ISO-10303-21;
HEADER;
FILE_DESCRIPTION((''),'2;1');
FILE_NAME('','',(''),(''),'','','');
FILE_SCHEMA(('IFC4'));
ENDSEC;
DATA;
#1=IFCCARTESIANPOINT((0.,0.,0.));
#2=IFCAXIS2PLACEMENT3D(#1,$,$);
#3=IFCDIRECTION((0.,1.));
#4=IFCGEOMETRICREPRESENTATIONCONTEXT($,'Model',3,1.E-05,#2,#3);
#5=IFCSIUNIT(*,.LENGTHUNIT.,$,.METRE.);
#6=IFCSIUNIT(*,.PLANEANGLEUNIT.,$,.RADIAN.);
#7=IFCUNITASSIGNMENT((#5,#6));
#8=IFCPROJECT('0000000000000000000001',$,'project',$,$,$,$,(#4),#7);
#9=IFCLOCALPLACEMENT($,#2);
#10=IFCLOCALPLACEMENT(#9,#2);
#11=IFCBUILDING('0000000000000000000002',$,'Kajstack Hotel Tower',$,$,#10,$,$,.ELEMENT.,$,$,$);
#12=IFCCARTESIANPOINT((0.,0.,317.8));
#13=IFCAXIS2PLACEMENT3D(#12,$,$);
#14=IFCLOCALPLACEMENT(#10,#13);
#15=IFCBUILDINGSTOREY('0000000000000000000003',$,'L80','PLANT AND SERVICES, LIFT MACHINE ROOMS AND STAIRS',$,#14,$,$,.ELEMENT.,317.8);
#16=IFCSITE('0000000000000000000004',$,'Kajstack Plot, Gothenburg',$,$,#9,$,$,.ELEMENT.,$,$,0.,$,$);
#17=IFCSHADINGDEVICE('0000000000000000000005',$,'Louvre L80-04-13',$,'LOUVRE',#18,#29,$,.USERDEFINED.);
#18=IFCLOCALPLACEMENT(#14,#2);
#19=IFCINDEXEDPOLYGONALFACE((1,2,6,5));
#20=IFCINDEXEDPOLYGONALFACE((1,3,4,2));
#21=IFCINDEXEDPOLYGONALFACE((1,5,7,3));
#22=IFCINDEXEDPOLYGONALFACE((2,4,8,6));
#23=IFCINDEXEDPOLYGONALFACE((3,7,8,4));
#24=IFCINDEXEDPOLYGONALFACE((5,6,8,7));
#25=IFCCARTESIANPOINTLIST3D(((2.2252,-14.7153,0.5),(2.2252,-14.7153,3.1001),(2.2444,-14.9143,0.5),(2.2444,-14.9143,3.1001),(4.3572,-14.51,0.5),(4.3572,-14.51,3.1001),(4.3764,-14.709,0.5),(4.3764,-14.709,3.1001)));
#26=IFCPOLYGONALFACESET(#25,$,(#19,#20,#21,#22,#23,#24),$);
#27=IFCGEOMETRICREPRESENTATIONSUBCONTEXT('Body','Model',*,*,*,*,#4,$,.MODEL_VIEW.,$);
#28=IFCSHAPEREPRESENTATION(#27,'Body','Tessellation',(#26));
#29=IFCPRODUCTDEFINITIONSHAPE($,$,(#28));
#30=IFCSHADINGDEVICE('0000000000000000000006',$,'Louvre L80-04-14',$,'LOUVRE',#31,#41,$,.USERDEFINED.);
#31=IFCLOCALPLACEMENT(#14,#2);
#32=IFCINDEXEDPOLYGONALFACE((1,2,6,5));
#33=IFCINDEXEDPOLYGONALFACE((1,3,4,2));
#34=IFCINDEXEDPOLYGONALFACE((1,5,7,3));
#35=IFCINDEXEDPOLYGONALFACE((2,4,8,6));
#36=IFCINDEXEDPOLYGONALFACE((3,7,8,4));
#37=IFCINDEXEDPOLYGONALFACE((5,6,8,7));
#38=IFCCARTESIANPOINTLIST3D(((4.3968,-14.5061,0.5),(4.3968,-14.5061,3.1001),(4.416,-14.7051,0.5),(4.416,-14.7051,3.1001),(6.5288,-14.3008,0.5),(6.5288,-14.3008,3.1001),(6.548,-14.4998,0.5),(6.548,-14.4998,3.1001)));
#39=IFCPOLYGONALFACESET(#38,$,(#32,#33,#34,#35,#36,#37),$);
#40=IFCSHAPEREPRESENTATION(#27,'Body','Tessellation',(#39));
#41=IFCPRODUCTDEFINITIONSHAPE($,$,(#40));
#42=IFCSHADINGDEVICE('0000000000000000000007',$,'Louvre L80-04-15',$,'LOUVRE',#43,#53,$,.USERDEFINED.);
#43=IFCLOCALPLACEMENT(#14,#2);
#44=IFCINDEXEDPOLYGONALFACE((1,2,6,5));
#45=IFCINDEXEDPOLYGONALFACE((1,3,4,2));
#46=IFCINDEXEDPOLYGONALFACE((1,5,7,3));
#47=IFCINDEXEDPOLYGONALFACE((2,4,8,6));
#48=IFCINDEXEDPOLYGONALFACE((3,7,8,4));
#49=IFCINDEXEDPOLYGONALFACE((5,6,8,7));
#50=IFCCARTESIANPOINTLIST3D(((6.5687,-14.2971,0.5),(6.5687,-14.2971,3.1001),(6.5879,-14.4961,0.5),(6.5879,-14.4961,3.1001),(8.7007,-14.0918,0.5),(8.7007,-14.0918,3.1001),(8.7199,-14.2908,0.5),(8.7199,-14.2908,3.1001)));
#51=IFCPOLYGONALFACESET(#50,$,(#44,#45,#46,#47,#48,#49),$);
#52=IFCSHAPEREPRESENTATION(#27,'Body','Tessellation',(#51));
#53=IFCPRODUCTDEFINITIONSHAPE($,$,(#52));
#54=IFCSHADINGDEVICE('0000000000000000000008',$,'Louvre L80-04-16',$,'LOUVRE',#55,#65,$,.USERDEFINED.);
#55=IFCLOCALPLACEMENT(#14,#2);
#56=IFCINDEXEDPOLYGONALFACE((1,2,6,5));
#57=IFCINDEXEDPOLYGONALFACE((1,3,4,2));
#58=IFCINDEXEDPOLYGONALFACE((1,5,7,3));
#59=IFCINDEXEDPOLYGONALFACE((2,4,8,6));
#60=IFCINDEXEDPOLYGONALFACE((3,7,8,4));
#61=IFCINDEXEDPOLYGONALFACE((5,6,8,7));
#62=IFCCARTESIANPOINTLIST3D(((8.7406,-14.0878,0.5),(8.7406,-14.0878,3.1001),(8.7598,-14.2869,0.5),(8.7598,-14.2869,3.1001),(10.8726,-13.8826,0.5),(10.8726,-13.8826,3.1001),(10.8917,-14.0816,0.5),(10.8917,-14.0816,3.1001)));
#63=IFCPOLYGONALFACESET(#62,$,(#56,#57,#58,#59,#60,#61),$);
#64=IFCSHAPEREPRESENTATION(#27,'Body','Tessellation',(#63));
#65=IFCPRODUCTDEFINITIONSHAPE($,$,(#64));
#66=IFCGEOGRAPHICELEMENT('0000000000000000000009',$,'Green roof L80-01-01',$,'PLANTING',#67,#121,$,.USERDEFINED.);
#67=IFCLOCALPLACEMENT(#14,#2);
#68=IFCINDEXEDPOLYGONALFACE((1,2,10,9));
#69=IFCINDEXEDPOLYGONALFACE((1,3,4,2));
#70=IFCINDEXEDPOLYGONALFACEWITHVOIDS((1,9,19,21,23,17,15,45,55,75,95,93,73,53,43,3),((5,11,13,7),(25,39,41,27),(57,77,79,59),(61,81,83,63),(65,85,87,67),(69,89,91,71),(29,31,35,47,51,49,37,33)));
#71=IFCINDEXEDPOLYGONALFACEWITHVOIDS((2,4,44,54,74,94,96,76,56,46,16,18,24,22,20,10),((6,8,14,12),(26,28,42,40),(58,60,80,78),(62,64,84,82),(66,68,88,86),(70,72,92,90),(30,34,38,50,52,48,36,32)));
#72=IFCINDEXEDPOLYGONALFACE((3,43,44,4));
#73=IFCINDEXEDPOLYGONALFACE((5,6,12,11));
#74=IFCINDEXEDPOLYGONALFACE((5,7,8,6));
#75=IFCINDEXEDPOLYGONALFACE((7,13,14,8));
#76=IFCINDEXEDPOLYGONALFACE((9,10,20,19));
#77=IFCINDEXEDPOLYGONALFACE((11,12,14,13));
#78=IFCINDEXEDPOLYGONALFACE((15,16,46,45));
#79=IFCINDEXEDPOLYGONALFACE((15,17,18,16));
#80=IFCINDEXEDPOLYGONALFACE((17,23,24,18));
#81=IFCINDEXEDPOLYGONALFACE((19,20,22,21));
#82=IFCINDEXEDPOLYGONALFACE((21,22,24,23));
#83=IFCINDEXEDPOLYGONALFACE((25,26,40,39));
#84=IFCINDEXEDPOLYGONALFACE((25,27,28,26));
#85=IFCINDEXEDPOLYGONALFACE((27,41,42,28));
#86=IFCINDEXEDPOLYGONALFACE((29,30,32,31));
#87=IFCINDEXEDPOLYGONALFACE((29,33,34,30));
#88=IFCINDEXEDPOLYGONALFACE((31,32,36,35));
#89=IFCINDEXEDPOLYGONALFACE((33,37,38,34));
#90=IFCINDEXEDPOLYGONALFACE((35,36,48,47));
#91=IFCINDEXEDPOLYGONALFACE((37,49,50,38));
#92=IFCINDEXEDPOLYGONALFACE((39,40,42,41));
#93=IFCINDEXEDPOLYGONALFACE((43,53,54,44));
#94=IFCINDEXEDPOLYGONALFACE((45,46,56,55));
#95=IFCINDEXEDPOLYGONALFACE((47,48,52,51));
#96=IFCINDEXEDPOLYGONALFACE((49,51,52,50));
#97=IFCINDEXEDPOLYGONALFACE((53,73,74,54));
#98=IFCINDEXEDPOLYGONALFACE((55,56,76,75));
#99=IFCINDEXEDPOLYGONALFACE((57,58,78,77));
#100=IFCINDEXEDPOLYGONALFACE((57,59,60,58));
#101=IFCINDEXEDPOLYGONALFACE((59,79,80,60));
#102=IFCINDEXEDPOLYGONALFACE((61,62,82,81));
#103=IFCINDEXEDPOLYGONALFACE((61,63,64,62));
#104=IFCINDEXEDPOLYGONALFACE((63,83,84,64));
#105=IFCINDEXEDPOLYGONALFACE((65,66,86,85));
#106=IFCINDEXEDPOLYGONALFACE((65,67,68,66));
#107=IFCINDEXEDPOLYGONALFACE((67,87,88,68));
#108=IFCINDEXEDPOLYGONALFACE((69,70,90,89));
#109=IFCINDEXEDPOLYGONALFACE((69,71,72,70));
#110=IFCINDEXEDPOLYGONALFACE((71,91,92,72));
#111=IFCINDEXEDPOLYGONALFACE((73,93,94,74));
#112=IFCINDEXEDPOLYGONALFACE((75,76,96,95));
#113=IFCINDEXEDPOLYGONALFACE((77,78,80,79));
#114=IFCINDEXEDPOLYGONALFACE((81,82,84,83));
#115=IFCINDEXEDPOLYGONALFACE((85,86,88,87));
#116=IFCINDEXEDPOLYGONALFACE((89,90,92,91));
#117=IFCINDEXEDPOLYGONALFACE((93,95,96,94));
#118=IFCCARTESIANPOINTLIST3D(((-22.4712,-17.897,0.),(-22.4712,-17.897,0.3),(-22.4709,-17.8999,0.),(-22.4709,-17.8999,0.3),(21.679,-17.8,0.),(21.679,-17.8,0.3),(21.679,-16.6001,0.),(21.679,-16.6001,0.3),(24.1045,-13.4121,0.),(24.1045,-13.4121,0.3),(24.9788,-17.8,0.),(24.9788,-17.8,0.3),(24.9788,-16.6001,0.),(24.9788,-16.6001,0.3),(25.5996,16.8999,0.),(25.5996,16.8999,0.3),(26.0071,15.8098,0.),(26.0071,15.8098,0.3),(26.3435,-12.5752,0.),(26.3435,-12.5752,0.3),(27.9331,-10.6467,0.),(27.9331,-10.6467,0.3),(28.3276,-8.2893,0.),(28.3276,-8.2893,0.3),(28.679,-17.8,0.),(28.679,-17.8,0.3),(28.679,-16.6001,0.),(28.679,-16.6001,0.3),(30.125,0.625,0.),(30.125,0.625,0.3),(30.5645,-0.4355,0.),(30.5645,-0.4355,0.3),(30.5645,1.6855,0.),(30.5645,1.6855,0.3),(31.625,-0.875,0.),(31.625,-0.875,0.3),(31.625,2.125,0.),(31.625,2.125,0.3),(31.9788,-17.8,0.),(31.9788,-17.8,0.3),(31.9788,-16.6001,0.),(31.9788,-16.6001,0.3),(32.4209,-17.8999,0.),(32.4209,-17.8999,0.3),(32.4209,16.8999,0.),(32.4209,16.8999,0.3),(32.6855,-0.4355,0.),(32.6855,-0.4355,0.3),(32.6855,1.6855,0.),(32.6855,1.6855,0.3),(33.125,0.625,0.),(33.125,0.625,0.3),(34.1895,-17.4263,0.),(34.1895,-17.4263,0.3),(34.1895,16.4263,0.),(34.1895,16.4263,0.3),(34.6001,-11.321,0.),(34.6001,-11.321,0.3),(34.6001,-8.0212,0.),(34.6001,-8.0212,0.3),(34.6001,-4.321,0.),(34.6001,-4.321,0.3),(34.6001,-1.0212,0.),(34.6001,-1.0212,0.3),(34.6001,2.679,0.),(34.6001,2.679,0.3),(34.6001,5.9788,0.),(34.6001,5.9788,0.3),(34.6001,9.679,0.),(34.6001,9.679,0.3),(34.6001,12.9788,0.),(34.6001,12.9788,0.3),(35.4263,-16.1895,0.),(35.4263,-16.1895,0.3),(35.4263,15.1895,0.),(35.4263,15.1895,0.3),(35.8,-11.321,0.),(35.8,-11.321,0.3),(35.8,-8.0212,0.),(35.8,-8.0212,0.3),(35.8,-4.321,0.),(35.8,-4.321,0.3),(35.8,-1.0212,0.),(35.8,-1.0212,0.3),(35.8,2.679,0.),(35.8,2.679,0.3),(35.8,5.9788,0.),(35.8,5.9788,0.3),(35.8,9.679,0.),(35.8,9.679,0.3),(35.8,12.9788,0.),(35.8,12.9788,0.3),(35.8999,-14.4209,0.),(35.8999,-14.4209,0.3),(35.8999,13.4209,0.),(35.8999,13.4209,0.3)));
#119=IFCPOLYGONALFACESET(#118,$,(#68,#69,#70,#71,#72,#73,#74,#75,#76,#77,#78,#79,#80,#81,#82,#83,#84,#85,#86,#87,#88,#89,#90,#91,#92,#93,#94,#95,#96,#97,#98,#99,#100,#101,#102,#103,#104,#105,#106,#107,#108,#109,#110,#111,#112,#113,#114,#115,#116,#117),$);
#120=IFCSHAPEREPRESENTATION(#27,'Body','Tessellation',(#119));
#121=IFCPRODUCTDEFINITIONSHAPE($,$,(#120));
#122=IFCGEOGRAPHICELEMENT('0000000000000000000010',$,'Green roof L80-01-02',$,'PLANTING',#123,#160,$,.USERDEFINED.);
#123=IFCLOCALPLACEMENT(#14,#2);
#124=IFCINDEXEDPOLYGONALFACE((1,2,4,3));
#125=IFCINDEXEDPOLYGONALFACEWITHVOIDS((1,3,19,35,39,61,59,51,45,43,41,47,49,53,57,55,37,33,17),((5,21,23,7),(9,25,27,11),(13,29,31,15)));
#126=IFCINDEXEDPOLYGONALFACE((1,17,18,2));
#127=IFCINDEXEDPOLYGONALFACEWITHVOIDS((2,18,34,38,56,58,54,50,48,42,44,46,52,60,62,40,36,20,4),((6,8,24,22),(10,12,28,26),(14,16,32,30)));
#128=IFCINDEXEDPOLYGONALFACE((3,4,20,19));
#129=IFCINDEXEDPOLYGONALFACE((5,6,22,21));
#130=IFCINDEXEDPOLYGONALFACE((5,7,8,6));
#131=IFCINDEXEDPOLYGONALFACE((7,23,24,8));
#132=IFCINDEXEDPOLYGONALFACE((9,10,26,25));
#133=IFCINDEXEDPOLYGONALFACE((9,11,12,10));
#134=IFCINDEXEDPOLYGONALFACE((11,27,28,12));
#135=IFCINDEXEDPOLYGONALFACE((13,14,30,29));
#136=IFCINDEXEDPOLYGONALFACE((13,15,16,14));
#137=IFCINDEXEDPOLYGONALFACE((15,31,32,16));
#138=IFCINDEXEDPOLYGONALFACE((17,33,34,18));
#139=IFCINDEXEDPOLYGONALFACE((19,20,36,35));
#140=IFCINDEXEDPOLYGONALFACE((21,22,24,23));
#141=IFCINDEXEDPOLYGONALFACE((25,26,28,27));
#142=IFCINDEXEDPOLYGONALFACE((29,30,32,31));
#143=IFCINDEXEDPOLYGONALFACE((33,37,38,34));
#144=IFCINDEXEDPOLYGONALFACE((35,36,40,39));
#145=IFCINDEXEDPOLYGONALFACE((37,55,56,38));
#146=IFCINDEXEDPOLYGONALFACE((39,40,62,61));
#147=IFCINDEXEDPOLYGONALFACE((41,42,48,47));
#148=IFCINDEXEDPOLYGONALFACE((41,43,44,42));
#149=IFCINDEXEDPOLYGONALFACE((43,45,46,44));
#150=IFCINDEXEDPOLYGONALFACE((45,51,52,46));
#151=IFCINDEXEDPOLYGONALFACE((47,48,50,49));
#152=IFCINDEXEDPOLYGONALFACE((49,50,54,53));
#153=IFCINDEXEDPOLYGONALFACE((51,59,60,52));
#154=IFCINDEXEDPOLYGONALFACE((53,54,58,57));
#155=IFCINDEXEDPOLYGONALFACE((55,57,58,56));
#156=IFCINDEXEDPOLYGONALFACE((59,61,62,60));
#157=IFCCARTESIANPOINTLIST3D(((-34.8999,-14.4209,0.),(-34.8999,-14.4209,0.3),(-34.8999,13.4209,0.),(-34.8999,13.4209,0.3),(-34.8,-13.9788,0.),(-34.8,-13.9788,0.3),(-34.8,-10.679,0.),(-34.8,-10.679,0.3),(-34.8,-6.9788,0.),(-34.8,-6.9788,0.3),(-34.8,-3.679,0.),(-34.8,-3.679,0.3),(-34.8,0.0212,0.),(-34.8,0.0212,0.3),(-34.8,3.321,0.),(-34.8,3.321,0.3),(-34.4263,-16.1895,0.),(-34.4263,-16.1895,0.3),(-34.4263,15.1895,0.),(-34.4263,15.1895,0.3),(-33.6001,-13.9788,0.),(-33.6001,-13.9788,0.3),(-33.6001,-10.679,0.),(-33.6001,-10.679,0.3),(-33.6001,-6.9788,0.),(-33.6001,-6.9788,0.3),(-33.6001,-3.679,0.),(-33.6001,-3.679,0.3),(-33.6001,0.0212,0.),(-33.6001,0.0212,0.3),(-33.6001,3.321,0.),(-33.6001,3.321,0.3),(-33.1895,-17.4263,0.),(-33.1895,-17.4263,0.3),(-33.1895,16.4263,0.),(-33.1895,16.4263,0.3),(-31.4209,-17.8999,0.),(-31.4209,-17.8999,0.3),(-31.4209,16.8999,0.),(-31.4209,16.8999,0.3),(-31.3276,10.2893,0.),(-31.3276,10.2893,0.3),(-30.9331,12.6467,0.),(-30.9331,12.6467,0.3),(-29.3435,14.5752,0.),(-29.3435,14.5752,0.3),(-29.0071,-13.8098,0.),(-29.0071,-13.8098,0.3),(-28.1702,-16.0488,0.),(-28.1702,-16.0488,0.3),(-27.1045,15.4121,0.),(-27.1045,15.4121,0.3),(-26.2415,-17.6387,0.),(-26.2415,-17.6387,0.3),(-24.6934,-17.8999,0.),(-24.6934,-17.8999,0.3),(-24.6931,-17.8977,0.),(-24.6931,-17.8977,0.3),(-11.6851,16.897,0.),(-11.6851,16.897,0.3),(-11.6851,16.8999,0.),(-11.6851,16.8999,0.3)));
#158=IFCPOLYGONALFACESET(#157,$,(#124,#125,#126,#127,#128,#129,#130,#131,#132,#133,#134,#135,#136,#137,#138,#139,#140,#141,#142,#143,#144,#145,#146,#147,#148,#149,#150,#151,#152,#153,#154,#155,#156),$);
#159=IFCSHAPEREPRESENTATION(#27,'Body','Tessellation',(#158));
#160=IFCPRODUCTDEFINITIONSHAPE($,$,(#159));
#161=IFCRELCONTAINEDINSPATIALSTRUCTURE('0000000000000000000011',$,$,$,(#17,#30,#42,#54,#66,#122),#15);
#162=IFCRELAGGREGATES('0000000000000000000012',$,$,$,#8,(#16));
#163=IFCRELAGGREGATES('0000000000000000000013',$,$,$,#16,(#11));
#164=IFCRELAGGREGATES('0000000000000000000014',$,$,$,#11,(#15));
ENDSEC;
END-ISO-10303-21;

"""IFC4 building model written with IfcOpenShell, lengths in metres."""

from ifc_helpers import new_model, si_unit, direction, frame, origin, origin_2d, place, context, subcontext, project, spatial, polyline, rectangle, outline, extrude, element, save


model = new_model("IFC4")

# Units and contexts
model_context = context("Model", 3, precision=1e-05, world=origin(), true_north=direction((0.0, 1.0)))
body_context = subcontext(model_context, "Body", "Model", "MODEL_VIEW")
ifc_project = project(units=[si_unit("LENGTHUNIT", "METRE"), si_unit("PLANEANGLEUNIT", "RADIAN")], contexts=[model_context])

# Site, building, storey
site_placement = place(None, origin())
site = spatial("IfcSite", under=ifc_project, at=site_placement, Name="Kajstack Plot, Gothenburg", CompositionType="ELEMENT", RefElevation=0.0)
building_placement = place(site_placement, origin())
building = spatial("IfcBuilding", under=site, at=building_placement, Name="Kajstack Hotel Tower", CompositionType="ELEMENT")
storey_placement = place(building_placement, frame((0.0, 0.0, 317.8)))
storey = spatial("IfcBuildingStorey", under=building, at=storey_placement, Name="L80", Description="PLANT AND SERVICES, LIFT MACHINE ROOMS AND STAIRS", CompositionType="ELEMENT", Elevation=317.8)

# Shading devices
for number, where, z_axis, x_axis, name in (
    (1, (3.3008, -14.7122, 0.5), (0.0, 0.0, 1.0), (0.995396, 0.095846, 0.0), "Louvre L80-04-13"),
    (2, (5.4724, -14.5029, 0.5), (0.0, 0.0, 1.0), (0.995396, 0.095846, 0.0), "Louvre L80-04-14"),
    (3, (7.6443, -14.2939, 0.5), (0.0, 0.0, 1.0), (0.995396, 0.095846, 0.0), "Louvre L80-04-15"),
    (4, (9.8162, -14.0847, 0.5), (0.0, 0.0, 1.0), (0.995396, 0.095846, 0.0), "Louvre L80-04-16"),
):
    element("IfcShadingDevice", number, at=place(storey_placement, frame(where, z_axis=z_axis, x_axis=x_axis)), inside=storey, Name=name, ObjectType="LOUVRE", PredefinedType="USERDEFINED", context=body_context, shape_type="SweptSolid", body=[
        extrude(rectangle(XDim=2.1418, YDim=0.2, at=origin_2d()), origin(), (0.0, 0.0, 1.0), 2.6001),
    ])

# Geographic elements
geographic_element_1_placement = place(storey_placement, origin())
element("IfcGeographicElement", 5, at=geographic_element_1_placement, inside=storey, Name="Green roof L80-01-01", ObjectType="PLANTING", PredefinedType="USERDEFINED", context=body_context, shape_type="SweptSolid", body=[
    extrude(outline(polyline([(24.1045, -13.4121), (-22.4712, -17.897), (-22.4709, -17.8999), (32.4209, -17.8999), (34.1895, -17.4263), (35.4263, -16.1895), (35.8999, -14.4209), (35.8999, 13.4209), (35.4263, 15.1895), (34.1895, 16.4263), (32.4209, 16.8999), (25.5996, 16.8999), (26.0071, 15.8098), (28.3276, -8.2893), (27.9331, -10.6467), (26.3435, -12.5752), (24.1045, -13.4121)]), holes=[polyline([(34.6001, -8.0212), (35.8, -8.0212), (35.8, -11.321), (34.6001, -11.321), (34.6001, -8.0212)]), polyline([(35.8, 12.9788), (35.8, 9.679), (34.6001, 9.679), (34.6001, 12.9788), (35.8, 12.9788)]), polyline([(34.6001, -4.321), (34.6001, -1.0212), (35.8, -1.0212), (35.8, -4.321), (34.6001, -4.321)]), polyline([(35.8, 2.679), (34.6001, 2.679), (34.6001, 5.9788), (35.8, 5.9788), (35.8, 2.679)]), polyline([(32.6855, 1.6855), (33.125, 0.625), (32.6855, -0.4355), (31.625, -0.875), (30.5645, -0.4355), (30.125, 0.625), (30.5645, 1.6855), (31.625, 2.125), (32.6855, 1.6855)]), polyline([(31.9788, -17.8), (28.679, -17.8), (28.679, -16.6001), (31.9788, -16.6001), (31.9788, -17.8)]), polyline([(21.679, -17.8), (21.679, -16.6001), (24.9788, -16.6001), (24.9788, -17.8), (21.679, -17.8)])]), origin(), (0.0, 0.0, 1.0), 0.3),
])
geographic_element_2_placement = place(storey_placement, origin())
element("IfcGeographicElement", 6, at=geographic_element_2_placement, inside=storey, Name="Green roof L80-01-02", ObjectType="PLANTING", PredefinedType="USERDEFINED", context=body_context, shape_type="SweptSolid", body=[
    extrude(outline(polyline([(-27.1045, 15.4121), (-11.6851, 16.897), (-11.6851, 16.8999), (-31.4209, 16.8999), (-33.1895, 16.4263), (-34.4263, 15.1895), (-34.8999, 13.4209), (-34.8999, -14.4209), (-34.4263, -16.1895), (-33.1895, -17.4263), (-31.4209, -17.8999), (-24.6934, -17.8999), (-24.6931, -17.8977), (-26.2415, -17.6387), (-28.1702, -16.0488), (-29.0071, -13.8098), (-31.3276, 10.2893), (-30.9331, 12.6467), (-29.3435, 14.5752), (-27.1045, 15.4121)]), holes=[polyline([(-34.8, -10.679), (-33.6001, -10.679), (-33.6001, -13.9788), (-34.8, -13.9788), (-34.8, -10.679)]), polyline([(-33.6001, -3.679), (-33.6001, -6.9788), (-34.8, -6.9788), (-34.8, -3.679), (-33.6001, -3.679)]), polyline([(-33.6001, 0.0212), (-34.8, 0.0212), (-34.8, 3.321), (-33.6001, 3.321), (-33.6001, 0.0212)])]), origin(), (0.0, 0.0, 1.0), 0.3),
])

save(model, "model.ifc")
